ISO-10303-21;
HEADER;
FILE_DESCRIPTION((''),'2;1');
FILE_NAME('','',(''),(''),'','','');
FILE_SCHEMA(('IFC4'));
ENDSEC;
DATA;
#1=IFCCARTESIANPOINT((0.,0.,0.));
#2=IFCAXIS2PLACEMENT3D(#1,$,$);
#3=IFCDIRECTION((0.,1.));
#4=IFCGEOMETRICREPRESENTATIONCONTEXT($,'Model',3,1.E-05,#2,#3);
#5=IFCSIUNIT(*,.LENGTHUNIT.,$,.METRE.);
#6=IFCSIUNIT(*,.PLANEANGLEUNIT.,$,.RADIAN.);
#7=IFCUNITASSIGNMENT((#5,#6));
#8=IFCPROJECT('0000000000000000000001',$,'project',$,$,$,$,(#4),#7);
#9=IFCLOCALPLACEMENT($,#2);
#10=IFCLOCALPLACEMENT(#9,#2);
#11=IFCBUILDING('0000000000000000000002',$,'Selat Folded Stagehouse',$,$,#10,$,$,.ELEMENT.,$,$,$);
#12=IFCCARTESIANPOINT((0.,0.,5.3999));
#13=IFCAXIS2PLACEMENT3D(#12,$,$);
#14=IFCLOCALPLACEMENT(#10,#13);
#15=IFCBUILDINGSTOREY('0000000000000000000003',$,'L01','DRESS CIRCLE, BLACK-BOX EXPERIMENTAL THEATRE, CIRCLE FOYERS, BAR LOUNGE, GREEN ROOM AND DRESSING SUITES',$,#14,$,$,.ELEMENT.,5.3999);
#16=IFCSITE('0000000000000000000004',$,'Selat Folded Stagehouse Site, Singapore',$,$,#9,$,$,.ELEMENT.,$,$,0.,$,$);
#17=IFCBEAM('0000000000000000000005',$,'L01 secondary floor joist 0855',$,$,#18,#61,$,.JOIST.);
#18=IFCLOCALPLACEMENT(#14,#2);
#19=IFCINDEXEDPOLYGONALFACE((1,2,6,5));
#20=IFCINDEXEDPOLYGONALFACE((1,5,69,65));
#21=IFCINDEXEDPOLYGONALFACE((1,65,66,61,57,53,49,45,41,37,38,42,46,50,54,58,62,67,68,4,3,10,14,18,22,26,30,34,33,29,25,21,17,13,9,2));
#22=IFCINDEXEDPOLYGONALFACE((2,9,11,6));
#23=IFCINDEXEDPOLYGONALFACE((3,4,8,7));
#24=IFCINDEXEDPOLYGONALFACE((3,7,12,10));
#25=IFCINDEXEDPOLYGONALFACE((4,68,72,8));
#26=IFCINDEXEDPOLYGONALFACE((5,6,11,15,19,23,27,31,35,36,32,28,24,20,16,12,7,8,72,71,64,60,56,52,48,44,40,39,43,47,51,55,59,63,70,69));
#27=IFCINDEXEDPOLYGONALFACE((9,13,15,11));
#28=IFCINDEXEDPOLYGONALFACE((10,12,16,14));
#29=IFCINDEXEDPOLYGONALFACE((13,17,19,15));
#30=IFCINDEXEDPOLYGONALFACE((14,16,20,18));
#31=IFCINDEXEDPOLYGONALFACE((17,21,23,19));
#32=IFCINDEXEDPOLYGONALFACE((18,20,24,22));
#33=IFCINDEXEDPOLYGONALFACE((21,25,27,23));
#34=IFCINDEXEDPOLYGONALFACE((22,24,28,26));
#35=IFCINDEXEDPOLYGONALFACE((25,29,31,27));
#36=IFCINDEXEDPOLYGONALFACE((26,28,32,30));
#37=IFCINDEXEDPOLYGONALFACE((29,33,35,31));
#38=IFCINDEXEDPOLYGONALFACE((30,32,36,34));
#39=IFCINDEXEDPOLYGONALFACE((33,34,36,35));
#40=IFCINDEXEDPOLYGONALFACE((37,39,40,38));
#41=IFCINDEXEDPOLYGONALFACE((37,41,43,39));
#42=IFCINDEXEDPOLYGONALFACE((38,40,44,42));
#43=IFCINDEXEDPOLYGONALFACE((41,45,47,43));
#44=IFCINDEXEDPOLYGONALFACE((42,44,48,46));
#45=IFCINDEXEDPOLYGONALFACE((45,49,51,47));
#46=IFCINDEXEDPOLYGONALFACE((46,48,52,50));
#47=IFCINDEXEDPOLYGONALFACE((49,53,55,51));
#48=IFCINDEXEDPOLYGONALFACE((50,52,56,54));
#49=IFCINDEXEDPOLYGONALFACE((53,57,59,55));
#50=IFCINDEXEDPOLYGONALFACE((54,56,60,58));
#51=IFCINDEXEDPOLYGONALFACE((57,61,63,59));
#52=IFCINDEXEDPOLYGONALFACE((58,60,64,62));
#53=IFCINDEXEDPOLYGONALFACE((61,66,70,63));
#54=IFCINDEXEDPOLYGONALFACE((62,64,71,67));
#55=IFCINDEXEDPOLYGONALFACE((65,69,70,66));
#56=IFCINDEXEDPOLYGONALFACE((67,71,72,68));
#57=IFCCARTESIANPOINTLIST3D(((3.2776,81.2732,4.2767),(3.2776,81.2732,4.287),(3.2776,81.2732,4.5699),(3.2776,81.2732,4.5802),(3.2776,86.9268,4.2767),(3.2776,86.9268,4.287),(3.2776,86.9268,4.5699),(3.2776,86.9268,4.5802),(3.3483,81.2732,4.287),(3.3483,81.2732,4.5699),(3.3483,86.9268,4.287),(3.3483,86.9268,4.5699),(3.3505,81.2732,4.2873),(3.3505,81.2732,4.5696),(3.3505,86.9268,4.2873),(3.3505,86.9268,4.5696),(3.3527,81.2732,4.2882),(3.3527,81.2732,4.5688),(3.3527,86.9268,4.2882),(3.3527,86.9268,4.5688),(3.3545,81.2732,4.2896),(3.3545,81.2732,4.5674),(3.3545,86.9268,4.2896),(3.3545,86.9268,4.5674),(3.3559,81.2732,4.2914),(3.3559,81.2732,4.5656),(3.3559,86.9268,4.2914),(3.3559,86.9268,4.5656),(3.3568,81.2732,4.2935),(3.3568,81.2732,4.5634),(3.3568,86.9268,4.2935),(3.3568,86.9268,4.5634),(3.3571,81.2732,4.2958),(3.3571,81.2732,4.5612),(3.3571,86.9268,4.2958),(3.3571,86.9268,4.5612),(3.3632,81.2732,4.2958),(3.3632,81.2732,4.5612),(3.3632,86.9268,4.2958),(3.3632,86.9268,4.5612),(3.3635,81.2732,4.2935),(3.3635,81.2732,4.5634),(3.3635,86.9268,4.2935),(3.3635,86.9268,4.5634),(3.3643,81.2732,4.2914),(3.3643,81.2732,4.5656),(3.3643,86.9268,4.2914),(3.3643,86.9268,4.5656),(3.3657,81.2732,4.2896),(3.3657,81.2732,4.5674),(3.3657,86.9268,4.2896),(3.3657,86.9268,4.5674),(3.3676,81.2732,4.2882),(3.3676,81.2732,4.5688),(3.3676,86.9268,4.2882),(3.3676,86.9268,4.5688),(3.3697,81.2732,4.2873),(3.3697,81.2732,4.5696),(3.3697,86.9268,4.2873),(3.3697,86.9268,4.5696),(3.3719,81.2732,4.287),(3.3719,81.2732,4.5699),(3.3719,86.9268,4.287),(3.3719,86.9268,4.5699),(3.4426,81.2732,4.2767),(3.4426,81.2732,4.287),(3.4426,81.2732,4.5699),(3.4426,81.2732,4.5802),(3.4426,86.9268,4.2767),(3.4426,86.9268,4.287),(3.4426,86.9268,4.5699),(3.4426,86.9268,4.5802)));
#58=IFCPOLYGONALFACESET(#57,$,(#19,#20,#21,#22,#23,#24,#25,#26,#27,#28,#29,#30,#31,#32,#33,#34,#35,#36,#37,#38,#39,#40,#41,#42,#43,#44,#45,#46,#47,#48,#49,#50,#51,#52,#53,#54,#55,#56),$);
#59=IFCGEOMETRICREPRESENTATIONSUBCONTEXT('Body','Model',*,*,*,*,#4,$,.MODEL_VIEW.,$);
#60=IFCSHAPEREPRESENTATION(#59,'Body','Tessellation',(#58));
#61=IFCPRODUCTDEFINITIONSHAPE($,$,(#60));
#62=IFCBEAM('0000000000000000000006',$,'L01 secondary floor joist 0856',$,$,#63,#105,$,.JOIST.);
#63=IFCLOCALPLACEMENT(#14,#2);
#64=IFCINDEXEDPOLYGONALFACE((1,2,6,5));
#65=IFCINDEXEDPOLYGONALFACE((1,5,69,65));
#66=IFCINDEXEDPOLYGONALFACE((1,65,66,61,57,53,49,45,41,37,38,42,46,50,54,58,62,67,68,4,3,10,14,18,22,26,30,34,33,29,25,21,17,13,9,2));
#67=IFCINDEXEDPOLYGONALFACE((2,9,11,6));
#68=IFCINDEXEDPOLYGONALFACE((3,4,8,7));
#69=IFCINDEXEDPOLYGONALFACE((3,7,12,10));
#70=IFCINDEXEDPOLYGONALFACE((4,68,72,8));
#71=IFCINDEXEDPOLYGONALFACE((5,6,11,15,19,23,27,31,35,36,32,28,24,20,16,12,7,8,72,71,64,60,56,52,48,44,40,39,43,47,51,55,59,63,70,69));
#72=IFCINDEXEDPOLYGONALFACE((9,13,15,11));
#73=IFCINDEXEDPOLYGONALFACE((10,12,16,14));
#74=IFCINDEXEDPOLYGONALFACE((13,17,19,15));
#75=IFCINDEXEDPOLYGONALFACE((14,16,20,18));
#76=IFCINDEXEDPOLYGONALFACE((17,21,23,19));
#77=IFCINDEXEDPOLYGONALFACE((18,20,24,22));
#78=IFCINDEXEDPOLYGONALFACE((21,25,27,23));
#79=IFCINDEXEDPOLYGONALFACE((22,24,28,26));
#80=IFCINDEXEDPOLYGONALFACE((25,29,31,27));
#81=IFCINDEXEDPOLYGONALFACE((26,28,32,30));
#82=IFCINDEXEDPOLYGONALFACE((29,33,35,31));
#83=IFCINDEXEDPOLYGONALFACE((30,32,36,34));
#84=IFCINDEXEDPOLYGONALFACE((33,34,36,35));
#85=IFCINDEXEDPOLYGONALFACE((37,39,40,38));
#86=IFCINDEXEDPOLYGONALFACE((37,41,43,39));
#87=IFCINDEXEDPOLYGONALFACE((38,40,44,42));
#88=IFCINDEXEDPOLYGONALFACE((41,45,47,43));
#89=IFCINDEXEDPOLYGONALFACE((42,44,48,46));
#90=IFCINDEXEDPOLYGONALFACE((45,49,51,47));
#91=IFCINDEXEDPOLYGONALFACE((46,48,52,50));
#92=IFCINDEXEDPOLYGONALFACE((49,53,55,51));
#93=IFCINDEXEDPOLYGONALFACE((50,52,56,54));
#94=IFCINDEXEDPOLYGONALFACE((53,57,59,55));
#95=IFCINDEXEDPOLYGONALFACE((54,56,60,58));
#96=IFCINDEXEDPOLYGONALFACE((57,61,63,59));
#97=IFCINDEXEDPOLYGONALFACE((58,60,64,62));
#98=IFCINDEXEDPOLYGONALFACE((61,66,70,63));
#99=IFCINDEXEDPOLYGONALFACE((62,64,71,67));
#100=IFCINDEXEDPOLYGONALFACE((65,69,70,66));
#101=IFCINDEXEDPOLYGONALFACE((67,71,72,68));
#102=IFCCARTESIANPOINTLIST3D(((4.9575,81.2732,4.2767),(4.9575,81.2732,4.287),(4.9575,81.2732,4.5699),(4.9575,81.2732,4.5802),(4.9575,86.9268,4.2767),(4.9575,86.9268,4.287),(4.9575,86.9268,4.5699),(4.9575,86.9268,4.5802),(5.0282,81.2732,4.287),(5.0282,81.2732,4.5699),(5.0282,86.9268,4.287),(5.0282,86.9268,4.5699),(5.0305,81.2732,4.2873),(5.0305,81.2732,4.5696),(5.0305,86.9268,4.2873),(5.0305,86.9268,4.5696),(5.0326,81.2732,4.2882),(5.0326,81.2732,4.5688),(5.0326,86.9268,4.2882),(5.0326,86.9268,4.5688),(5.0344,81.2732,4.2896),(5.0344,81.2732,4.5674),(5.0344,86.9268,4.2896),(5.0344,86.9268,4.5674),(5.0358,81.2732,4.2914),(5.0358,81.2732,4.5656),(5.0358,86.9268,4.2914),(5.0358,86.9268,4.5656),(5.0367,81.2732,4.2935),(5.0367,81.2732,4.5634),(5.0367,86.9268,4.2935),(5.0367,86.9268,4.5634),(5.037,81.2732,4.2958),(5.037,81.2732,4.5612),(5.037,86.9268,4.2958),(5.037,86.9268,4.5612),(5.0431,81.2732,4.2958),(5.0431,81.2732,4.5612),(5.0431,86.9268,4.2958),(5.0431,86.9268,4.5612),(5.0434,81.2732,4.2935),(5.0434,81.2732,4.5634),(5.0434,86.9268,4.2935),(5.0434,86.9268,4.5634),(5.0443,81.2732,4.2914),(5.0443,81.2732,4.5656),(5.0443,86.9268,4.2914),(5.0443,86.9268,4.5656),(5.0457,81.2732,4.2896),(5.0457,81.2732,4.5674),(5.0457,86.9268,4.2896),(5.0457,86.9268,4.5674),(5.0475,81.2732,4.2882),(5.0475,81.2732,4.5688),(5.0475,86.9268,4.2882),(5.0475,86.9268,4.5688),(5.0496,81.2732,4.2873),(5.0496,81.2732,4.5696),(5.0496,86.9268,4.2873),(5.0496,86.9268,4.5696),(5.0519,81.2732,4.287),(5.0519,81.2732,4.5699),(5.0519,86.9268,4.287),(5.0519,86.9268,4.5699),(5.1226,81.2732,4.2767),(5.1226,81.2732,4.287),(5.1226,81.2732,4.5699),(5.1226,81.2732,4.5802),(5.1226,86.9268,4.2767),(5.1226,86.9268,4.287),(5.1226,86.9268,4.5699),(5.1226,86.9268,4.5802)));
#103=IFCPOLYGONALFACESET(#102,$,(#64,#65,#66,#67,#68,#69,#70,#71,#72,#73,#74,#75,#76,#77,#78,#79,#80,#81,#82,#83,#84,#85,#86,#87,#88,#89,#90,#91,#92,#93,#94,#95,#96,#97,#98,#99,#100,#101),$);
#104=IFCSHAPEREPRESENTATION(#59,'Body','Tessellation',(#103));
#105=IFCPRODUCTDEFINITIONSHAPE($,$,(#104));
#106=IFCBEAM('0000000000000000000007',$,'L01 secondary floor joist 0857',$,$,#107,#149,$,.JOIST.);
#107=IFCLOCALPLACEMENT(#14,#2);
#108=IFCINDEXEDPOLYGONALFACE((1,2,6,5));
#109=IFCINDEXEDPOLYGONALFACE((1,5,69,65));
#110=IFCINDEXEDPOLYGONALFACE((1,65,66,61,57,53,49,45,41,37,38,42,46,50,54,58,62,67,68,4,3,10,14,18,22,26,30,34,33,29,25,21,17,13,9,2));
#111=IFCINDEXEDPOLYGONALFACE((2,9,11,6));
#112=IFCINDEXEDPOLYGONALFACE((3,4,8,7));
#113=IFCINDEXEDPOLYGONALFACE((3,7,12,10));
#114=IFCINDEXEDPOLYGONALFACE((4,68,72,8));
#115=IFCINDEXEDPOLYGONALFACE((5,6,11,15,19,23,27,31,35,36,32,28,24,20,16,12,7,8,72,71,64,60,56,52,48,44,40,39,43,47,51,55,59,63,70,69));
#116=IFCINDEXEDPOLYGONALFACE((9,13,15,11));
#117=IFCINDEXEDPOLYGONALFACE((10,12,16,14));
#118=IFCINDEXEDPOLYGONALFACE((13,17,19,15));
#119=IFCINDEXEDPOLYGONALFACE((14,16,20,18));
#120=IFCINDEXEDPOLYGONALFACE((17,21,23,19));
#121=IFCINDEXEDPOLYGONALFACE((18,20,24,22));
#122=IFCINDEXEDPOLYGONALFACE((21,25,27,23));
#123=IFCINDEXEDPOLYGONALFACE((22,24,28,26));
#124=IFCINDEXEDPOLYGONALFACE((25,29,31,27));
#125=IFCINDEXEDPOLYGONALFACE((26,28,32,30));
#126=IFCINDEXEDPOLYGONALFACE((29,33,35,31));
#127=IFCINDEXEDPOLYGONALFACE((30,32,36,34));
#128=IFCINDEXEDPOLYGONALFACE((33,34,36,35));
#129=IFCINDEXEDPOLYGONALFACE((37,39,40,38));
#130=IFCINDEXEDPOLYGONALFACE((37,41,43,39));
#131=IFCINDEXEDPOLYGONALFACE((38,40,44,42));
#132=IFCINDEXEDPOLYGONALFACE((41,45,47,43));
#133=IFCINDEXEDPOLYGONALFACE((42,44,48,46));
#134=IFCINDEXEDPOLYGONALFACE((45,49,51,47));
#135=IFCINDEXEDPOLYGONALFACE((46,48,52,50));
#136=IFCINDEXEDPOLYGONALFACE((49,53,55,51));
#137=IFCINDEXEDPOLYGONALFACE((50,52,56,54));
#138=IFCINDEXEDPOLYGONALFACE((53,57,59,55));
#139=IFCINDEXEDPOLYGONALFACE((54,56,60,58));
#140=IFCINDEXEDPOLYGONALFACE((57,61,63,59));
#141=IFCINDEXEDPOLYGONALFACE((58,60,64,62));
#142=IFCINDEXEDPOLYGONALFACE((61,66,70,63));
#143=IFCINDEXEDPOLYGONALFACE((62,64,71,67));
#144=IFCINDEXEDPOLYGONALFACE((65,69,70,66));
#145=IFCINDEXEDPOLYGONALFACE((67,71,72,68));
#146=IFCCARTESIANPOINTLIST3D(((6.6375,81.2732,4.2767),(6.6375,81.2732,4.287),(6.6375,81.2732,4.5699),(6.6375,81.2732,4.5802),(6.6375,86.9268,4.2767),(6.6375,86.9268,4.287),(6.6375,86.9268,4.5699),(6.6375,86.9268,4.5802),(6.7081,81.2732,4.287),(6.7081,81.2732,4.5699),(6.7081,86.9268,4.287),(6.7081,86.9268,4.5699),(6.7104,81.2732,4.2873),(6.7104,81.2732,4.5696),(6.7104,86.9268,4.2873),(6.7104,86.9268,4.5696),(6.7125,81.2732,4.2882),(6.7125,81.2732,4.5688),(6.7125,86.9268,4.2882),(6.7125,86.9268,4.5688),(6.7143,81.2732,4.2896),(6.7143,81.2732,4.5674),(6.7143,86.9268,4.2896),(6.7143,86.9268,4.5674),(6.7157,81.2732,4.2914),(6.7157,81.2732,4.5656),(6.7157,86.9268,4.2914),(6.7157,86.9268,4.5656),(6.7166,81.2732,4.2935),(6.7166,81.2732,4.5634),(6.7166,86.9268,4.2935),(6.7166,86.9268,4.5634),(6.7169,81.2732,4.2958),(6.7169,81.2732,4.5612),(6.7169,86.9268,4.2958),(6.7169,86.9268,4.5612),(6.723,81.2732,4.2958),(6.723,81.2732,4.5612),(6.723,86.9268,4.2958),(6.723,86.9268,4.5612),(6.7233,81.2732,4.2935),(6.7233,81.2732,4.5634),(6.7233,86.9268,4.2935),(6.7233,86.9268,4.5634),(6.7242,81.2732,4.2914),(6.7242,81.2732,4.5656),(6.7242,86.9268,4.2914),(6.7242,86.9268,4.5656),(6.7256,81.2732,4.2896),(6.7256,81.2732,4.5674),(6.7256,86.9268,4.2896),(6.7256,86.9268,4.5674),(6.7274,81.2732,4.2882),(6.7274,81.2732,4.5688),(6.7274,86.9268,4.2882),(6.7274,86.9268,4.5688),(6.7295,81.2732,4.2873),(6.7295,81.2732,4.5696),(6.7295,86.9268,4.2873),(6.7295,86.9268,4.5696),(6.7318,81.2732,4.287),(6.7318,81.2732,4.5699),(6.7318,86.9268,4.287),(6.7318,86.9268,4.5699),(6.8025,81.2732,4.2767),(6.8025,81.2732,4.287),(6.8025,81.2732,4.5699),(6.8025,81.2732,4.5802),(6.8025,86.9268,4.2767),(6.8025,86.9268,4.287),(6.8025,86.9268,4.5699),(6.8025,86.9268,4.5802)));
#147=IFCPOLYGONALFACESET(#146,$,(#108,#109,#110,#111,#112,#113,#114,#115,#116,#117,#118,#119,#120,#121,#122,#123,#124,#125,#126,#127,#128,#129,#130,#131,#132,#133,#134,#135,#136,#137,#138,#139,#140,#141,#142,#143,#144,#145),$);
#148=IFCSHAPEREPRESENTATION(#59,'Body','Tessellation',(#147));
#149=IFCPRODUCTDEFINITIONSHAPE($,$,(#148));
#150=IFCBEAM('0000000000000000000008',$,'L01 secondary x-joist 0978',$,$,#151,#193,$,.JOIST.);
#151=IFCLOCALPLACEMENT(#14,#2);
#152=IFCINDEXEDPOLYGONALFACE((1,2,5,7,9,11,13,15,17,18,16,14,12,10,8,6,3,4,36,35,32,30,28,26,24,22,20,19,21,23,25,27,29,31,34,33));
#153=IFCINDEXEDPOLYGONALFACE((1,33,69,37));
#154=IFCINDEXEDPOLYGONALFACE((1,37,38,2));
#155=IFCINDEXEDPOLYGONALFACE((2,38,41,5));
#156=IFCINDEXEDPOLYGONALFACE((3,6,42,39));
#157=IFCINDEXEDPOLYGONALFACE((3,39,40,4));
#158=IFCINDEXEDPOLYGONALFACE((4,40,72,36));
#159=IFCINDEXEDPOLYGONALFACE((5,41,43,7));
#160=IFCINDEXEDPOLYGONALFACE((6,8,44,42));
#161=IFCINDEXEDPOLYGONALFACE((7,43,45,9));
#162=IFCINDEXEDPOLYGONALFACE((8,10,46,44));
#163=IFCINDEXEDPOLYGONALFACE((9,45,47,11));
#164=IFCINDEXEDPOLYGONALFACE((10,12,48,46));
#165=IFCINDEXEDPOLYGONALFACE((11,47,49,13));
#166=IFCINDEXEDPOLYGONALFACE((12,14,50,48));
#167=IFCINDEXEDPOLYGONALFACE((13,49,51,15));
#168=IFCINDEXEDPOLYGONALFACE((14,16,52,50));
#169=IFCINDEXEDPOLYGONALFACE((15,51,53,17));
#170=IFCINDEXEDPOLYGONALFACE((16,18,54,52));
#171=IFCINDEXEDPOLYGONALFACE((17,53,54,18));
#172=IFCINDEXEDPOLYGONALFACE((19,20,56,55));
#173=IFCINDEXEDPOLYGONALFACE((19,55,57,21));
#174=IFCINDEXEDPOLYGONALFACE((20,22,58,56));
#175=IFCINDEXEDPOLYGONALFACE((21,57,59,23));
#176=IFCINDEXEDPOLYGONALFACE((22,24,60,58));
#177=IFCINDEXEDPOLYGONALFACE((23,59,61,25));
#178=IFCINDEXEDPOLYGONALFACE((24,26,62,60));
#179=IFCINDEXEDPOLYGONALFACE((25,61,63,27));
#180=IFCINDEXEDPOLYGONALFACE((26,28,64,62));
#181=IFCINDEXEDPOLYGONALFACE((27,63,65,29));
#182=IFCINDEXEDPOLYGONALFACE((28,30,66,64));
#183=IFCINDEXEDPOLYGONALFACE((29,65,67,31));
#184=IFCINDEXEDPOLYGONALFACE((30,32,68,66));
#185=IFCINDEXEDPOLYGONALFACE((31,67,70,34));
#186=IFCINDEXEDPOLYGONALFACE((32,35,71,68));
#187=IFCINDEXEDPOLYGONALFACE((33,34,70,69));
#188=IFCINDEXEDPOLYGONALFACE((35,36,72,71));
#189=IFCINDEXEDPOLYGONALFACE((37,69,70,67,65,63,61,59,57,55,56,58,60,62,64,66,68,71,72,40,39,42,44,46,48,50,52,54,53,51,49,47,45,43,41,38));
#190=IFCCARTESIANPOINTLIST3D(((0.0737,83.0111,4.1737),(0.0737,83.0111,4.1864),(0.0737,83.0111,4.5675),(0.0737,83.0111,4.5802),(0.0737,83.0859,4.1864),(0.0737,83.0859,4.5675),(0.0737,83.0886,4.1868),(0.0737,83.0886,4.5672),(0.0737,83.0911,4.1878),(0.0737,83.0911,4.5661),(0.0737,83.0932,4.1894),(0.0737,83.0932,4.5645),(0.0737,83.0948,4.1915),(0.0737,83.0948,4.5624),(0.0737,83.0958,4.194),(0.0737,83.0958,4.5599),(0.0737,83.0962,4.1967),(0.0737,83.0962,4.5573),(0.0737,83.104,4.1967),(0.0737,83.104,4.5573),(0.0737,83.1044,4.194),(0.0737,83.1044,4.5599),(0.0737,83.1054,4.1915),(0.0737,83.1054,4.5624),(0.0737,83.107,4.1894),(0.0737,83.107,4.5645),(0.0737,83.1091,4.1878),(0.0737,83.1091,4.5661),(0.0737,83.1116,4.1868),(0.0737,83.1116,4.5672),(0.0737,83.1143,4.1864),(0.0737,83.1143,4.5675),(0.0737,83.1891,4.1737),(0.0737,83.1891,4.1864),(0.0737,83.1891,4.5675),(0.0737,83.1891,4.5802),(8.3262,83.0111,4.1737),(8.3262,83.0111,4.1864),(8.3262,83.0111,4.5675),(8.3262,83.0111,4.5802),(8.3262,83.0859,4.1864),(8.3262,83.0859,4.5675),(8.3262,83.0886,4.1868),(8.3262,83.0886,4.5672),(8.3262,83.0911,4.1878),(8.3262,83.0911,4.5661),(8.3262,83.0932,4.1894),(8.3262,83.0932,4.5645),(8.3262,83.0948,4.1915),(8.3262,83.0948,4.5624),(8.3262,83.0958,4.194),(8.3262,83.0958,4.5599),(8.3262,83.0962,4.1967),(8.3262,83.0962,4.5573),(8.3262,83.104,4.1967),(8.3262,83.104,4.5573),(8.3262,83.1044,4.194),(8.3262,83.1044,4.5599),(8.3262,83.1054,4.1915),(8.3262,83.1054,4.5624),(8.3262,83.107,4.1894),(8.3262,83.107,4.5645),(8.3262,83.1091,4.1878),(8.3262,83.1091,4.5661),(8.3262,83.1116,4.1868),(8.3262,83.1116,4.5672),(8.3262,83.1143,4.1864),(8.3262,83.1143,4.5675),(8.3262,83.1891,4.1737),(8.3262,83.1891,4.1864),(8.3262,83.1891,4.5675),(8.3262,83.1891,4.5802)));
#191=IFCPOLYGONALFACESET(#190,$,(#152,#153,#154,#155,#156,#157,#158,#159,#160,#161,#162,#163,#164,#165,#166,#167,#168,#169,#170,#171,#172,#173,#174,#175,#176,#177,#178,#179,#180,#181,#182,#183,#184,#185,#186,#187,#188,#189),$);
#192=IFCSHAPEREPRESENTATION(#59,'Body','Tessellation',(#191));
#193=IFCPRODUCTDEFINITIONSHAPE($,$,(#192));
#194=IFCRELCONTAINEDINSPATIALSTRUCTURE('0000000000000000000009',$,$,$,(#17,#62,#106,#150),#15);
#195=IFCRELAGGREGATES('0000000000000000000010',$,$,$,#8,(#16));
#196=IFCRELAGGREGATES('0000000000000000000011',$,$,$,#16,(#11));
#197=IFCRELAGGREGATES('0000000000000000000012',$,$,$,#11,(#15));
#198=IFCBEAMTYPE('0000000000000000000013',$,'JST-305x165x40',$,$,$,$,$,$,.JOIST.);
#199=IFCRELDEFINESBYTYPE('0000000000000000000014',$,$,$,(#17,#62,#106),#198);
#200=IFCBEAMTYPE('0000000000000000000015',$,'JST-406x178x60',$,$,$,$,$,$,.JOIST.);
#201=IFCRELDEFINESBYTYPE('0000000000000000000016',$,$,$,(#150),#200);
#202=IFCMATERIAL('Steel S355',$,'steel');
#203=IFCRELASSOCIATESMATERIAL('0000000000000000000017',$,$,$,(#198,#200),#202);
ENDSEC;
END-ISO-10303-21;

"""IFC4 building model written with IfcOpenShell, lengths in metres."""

from ifc_helpers import new_model, si_unit, direction, frame, origin, origin_2d, place, context, subcontext, project, spatial, i_section, extrude, material, material_profile, profile_set, type_object, element, save


model = new_model("IFC4")

# Units and contexts
model_context = context("Model", 3, precision=1e-05, world=origin(), true_north=direction((0.0, 1.0)))
body_context = subcontext(model_context, "Body", "Model", "MODEL_VIEW")
ifc_project = project(units=[si_unit("LENGTHUNIT", "METRE"), si_unit("PLANEANGLEUNIT", "RADIAN")], contexts=[model_context])

# Site, building, storey
site_placement = place(None, origin())
site = spatial("IfcSite", under=ifc_project, at=site_placement, Name="Selat Folded Stagehouse Site, Singapore", CompositionType="ELEMENT", RefElevation=0.0)
building_placement = place(site_placement, origin())
building = spatial("IfcBuilding", under=site, at=building_placement, Name="Selat Folded Stagehouse", CompositionType="ELEMENT")
storey_placement = place(building_placement, frame((0.0, 0.0, 5.3999)))
storey = spatial("IfcBuildingStorey", under=building, at=storey_placement, Name="L01", Description="DRESS CIRCLE, BLACK-BOX EXPERIMENTAL THEATRE, CIRCLE FOYERS, BAR LOUNGE, GREEN ROOM AND DRESSING SUITES", CompositionType="ELEMENT", Elevation=5.3999)

# Shared definitions
ifc_material_1 = material(Name="Steel S355", Category="steel")

# Beams
ifc_material_profile_1 = material_profile(ifc_material_1, i_section(OverallWidth=0.165, OverallDepth=0.3035, WebThickness=0.0061, FlangeThickness=0.0103, FilletRadius=0.0088, at=origin_2d()), Name="UKB 305x165x40")
ifc_profile_set_1 = profile_set([ifc_material_profile_1], Name="Steel S355")
beam_type_1 = type_object("IfcBeamType", Name="JST-305x165x40", PredefinedType="JOIST", material=ifc_profile_set_1)
for number, where, z_axis, x_axis, name in (
    (1, (3.3601, 81.2732, 4.4285), (0.0, 1.0, 0.0), (-1.0, 0.0, 0.0), "L01 secondary floor joist 0855"),
    (2, (5.04, 81.2732, 4.4285), (0.0, 1.0, 0.0), (-1.0, 0.0, 0.0), "L01 secondary floor joist 0856"),
    (3, (6.72, 81.2732, 4.4285), (0.0, 1.0, 0.0), (-1.0, 0.0, 0.0), "L01 secondary floor joist 0857"),
):
    element("IfcBeam", number, at=place(storey_placement, frame(where, z_axis=z_axis, x_axis=x_axis)), inside=storey, type_object=beam_type_1, Name=name, PredefinedType="JOIST", context=body_context, shape_type="SweptSolid", body=[
        extrude(i_section(OverallWidth=0.165, OverallDepth=0.3035, WebThickness=0.0061, FlangeThickness=0.0103, FilletRadius=0.0088, at=origin_2d()), origin(), (0.0, 0.0, 1.0), 5.6536),
    ])
ifc_material_profile_2 = material_profile(ifc_material_1, i_section(OverallWidth=0.178, OverallDepth=0.4065, WebThickness=0.0078, FlangeThickness=0.0127, FilletRadius=0.0103, at=origin_2d()), Name="UKB 406x178x60")
ifc_profile_set_2 = profile_set([ifc_material_profile_2], Name="Steel S355")
beam_type_2 = type_object("IfcBeamType", Name="JST-406x178x60", PredefinedType="JOIST", material=ifc_profile_set_2)
for number, where, z_axis, x_axis, name in (
    (4, (0.0737, 83.1001, 4.377), (1.0, 0.0, 0.0), (0.0, 1.0, 0.0), "L01 secondary x-joist 0978"),
):
    element("IfcBeam", number, at=place(storey_placement, frame(where, z_axis=z_axis, x_axis=x_axis)), inside=storey, type_object=beam_type_2, Name=name, PredefinedType="JOIST", context=body_context, shape_type="SweptSolid", body=[
        extrude(i_section(OverallWidth=0.178, OverallDepth=0.4065, WebThickness=0.0078, FlangeThickness=0.0127, FilletRadius=0.0103, at=origin_2d()), origin(), (0.0, 0.0, 1.0), 8.2524),
    ])

save(model, "model.ifc")
